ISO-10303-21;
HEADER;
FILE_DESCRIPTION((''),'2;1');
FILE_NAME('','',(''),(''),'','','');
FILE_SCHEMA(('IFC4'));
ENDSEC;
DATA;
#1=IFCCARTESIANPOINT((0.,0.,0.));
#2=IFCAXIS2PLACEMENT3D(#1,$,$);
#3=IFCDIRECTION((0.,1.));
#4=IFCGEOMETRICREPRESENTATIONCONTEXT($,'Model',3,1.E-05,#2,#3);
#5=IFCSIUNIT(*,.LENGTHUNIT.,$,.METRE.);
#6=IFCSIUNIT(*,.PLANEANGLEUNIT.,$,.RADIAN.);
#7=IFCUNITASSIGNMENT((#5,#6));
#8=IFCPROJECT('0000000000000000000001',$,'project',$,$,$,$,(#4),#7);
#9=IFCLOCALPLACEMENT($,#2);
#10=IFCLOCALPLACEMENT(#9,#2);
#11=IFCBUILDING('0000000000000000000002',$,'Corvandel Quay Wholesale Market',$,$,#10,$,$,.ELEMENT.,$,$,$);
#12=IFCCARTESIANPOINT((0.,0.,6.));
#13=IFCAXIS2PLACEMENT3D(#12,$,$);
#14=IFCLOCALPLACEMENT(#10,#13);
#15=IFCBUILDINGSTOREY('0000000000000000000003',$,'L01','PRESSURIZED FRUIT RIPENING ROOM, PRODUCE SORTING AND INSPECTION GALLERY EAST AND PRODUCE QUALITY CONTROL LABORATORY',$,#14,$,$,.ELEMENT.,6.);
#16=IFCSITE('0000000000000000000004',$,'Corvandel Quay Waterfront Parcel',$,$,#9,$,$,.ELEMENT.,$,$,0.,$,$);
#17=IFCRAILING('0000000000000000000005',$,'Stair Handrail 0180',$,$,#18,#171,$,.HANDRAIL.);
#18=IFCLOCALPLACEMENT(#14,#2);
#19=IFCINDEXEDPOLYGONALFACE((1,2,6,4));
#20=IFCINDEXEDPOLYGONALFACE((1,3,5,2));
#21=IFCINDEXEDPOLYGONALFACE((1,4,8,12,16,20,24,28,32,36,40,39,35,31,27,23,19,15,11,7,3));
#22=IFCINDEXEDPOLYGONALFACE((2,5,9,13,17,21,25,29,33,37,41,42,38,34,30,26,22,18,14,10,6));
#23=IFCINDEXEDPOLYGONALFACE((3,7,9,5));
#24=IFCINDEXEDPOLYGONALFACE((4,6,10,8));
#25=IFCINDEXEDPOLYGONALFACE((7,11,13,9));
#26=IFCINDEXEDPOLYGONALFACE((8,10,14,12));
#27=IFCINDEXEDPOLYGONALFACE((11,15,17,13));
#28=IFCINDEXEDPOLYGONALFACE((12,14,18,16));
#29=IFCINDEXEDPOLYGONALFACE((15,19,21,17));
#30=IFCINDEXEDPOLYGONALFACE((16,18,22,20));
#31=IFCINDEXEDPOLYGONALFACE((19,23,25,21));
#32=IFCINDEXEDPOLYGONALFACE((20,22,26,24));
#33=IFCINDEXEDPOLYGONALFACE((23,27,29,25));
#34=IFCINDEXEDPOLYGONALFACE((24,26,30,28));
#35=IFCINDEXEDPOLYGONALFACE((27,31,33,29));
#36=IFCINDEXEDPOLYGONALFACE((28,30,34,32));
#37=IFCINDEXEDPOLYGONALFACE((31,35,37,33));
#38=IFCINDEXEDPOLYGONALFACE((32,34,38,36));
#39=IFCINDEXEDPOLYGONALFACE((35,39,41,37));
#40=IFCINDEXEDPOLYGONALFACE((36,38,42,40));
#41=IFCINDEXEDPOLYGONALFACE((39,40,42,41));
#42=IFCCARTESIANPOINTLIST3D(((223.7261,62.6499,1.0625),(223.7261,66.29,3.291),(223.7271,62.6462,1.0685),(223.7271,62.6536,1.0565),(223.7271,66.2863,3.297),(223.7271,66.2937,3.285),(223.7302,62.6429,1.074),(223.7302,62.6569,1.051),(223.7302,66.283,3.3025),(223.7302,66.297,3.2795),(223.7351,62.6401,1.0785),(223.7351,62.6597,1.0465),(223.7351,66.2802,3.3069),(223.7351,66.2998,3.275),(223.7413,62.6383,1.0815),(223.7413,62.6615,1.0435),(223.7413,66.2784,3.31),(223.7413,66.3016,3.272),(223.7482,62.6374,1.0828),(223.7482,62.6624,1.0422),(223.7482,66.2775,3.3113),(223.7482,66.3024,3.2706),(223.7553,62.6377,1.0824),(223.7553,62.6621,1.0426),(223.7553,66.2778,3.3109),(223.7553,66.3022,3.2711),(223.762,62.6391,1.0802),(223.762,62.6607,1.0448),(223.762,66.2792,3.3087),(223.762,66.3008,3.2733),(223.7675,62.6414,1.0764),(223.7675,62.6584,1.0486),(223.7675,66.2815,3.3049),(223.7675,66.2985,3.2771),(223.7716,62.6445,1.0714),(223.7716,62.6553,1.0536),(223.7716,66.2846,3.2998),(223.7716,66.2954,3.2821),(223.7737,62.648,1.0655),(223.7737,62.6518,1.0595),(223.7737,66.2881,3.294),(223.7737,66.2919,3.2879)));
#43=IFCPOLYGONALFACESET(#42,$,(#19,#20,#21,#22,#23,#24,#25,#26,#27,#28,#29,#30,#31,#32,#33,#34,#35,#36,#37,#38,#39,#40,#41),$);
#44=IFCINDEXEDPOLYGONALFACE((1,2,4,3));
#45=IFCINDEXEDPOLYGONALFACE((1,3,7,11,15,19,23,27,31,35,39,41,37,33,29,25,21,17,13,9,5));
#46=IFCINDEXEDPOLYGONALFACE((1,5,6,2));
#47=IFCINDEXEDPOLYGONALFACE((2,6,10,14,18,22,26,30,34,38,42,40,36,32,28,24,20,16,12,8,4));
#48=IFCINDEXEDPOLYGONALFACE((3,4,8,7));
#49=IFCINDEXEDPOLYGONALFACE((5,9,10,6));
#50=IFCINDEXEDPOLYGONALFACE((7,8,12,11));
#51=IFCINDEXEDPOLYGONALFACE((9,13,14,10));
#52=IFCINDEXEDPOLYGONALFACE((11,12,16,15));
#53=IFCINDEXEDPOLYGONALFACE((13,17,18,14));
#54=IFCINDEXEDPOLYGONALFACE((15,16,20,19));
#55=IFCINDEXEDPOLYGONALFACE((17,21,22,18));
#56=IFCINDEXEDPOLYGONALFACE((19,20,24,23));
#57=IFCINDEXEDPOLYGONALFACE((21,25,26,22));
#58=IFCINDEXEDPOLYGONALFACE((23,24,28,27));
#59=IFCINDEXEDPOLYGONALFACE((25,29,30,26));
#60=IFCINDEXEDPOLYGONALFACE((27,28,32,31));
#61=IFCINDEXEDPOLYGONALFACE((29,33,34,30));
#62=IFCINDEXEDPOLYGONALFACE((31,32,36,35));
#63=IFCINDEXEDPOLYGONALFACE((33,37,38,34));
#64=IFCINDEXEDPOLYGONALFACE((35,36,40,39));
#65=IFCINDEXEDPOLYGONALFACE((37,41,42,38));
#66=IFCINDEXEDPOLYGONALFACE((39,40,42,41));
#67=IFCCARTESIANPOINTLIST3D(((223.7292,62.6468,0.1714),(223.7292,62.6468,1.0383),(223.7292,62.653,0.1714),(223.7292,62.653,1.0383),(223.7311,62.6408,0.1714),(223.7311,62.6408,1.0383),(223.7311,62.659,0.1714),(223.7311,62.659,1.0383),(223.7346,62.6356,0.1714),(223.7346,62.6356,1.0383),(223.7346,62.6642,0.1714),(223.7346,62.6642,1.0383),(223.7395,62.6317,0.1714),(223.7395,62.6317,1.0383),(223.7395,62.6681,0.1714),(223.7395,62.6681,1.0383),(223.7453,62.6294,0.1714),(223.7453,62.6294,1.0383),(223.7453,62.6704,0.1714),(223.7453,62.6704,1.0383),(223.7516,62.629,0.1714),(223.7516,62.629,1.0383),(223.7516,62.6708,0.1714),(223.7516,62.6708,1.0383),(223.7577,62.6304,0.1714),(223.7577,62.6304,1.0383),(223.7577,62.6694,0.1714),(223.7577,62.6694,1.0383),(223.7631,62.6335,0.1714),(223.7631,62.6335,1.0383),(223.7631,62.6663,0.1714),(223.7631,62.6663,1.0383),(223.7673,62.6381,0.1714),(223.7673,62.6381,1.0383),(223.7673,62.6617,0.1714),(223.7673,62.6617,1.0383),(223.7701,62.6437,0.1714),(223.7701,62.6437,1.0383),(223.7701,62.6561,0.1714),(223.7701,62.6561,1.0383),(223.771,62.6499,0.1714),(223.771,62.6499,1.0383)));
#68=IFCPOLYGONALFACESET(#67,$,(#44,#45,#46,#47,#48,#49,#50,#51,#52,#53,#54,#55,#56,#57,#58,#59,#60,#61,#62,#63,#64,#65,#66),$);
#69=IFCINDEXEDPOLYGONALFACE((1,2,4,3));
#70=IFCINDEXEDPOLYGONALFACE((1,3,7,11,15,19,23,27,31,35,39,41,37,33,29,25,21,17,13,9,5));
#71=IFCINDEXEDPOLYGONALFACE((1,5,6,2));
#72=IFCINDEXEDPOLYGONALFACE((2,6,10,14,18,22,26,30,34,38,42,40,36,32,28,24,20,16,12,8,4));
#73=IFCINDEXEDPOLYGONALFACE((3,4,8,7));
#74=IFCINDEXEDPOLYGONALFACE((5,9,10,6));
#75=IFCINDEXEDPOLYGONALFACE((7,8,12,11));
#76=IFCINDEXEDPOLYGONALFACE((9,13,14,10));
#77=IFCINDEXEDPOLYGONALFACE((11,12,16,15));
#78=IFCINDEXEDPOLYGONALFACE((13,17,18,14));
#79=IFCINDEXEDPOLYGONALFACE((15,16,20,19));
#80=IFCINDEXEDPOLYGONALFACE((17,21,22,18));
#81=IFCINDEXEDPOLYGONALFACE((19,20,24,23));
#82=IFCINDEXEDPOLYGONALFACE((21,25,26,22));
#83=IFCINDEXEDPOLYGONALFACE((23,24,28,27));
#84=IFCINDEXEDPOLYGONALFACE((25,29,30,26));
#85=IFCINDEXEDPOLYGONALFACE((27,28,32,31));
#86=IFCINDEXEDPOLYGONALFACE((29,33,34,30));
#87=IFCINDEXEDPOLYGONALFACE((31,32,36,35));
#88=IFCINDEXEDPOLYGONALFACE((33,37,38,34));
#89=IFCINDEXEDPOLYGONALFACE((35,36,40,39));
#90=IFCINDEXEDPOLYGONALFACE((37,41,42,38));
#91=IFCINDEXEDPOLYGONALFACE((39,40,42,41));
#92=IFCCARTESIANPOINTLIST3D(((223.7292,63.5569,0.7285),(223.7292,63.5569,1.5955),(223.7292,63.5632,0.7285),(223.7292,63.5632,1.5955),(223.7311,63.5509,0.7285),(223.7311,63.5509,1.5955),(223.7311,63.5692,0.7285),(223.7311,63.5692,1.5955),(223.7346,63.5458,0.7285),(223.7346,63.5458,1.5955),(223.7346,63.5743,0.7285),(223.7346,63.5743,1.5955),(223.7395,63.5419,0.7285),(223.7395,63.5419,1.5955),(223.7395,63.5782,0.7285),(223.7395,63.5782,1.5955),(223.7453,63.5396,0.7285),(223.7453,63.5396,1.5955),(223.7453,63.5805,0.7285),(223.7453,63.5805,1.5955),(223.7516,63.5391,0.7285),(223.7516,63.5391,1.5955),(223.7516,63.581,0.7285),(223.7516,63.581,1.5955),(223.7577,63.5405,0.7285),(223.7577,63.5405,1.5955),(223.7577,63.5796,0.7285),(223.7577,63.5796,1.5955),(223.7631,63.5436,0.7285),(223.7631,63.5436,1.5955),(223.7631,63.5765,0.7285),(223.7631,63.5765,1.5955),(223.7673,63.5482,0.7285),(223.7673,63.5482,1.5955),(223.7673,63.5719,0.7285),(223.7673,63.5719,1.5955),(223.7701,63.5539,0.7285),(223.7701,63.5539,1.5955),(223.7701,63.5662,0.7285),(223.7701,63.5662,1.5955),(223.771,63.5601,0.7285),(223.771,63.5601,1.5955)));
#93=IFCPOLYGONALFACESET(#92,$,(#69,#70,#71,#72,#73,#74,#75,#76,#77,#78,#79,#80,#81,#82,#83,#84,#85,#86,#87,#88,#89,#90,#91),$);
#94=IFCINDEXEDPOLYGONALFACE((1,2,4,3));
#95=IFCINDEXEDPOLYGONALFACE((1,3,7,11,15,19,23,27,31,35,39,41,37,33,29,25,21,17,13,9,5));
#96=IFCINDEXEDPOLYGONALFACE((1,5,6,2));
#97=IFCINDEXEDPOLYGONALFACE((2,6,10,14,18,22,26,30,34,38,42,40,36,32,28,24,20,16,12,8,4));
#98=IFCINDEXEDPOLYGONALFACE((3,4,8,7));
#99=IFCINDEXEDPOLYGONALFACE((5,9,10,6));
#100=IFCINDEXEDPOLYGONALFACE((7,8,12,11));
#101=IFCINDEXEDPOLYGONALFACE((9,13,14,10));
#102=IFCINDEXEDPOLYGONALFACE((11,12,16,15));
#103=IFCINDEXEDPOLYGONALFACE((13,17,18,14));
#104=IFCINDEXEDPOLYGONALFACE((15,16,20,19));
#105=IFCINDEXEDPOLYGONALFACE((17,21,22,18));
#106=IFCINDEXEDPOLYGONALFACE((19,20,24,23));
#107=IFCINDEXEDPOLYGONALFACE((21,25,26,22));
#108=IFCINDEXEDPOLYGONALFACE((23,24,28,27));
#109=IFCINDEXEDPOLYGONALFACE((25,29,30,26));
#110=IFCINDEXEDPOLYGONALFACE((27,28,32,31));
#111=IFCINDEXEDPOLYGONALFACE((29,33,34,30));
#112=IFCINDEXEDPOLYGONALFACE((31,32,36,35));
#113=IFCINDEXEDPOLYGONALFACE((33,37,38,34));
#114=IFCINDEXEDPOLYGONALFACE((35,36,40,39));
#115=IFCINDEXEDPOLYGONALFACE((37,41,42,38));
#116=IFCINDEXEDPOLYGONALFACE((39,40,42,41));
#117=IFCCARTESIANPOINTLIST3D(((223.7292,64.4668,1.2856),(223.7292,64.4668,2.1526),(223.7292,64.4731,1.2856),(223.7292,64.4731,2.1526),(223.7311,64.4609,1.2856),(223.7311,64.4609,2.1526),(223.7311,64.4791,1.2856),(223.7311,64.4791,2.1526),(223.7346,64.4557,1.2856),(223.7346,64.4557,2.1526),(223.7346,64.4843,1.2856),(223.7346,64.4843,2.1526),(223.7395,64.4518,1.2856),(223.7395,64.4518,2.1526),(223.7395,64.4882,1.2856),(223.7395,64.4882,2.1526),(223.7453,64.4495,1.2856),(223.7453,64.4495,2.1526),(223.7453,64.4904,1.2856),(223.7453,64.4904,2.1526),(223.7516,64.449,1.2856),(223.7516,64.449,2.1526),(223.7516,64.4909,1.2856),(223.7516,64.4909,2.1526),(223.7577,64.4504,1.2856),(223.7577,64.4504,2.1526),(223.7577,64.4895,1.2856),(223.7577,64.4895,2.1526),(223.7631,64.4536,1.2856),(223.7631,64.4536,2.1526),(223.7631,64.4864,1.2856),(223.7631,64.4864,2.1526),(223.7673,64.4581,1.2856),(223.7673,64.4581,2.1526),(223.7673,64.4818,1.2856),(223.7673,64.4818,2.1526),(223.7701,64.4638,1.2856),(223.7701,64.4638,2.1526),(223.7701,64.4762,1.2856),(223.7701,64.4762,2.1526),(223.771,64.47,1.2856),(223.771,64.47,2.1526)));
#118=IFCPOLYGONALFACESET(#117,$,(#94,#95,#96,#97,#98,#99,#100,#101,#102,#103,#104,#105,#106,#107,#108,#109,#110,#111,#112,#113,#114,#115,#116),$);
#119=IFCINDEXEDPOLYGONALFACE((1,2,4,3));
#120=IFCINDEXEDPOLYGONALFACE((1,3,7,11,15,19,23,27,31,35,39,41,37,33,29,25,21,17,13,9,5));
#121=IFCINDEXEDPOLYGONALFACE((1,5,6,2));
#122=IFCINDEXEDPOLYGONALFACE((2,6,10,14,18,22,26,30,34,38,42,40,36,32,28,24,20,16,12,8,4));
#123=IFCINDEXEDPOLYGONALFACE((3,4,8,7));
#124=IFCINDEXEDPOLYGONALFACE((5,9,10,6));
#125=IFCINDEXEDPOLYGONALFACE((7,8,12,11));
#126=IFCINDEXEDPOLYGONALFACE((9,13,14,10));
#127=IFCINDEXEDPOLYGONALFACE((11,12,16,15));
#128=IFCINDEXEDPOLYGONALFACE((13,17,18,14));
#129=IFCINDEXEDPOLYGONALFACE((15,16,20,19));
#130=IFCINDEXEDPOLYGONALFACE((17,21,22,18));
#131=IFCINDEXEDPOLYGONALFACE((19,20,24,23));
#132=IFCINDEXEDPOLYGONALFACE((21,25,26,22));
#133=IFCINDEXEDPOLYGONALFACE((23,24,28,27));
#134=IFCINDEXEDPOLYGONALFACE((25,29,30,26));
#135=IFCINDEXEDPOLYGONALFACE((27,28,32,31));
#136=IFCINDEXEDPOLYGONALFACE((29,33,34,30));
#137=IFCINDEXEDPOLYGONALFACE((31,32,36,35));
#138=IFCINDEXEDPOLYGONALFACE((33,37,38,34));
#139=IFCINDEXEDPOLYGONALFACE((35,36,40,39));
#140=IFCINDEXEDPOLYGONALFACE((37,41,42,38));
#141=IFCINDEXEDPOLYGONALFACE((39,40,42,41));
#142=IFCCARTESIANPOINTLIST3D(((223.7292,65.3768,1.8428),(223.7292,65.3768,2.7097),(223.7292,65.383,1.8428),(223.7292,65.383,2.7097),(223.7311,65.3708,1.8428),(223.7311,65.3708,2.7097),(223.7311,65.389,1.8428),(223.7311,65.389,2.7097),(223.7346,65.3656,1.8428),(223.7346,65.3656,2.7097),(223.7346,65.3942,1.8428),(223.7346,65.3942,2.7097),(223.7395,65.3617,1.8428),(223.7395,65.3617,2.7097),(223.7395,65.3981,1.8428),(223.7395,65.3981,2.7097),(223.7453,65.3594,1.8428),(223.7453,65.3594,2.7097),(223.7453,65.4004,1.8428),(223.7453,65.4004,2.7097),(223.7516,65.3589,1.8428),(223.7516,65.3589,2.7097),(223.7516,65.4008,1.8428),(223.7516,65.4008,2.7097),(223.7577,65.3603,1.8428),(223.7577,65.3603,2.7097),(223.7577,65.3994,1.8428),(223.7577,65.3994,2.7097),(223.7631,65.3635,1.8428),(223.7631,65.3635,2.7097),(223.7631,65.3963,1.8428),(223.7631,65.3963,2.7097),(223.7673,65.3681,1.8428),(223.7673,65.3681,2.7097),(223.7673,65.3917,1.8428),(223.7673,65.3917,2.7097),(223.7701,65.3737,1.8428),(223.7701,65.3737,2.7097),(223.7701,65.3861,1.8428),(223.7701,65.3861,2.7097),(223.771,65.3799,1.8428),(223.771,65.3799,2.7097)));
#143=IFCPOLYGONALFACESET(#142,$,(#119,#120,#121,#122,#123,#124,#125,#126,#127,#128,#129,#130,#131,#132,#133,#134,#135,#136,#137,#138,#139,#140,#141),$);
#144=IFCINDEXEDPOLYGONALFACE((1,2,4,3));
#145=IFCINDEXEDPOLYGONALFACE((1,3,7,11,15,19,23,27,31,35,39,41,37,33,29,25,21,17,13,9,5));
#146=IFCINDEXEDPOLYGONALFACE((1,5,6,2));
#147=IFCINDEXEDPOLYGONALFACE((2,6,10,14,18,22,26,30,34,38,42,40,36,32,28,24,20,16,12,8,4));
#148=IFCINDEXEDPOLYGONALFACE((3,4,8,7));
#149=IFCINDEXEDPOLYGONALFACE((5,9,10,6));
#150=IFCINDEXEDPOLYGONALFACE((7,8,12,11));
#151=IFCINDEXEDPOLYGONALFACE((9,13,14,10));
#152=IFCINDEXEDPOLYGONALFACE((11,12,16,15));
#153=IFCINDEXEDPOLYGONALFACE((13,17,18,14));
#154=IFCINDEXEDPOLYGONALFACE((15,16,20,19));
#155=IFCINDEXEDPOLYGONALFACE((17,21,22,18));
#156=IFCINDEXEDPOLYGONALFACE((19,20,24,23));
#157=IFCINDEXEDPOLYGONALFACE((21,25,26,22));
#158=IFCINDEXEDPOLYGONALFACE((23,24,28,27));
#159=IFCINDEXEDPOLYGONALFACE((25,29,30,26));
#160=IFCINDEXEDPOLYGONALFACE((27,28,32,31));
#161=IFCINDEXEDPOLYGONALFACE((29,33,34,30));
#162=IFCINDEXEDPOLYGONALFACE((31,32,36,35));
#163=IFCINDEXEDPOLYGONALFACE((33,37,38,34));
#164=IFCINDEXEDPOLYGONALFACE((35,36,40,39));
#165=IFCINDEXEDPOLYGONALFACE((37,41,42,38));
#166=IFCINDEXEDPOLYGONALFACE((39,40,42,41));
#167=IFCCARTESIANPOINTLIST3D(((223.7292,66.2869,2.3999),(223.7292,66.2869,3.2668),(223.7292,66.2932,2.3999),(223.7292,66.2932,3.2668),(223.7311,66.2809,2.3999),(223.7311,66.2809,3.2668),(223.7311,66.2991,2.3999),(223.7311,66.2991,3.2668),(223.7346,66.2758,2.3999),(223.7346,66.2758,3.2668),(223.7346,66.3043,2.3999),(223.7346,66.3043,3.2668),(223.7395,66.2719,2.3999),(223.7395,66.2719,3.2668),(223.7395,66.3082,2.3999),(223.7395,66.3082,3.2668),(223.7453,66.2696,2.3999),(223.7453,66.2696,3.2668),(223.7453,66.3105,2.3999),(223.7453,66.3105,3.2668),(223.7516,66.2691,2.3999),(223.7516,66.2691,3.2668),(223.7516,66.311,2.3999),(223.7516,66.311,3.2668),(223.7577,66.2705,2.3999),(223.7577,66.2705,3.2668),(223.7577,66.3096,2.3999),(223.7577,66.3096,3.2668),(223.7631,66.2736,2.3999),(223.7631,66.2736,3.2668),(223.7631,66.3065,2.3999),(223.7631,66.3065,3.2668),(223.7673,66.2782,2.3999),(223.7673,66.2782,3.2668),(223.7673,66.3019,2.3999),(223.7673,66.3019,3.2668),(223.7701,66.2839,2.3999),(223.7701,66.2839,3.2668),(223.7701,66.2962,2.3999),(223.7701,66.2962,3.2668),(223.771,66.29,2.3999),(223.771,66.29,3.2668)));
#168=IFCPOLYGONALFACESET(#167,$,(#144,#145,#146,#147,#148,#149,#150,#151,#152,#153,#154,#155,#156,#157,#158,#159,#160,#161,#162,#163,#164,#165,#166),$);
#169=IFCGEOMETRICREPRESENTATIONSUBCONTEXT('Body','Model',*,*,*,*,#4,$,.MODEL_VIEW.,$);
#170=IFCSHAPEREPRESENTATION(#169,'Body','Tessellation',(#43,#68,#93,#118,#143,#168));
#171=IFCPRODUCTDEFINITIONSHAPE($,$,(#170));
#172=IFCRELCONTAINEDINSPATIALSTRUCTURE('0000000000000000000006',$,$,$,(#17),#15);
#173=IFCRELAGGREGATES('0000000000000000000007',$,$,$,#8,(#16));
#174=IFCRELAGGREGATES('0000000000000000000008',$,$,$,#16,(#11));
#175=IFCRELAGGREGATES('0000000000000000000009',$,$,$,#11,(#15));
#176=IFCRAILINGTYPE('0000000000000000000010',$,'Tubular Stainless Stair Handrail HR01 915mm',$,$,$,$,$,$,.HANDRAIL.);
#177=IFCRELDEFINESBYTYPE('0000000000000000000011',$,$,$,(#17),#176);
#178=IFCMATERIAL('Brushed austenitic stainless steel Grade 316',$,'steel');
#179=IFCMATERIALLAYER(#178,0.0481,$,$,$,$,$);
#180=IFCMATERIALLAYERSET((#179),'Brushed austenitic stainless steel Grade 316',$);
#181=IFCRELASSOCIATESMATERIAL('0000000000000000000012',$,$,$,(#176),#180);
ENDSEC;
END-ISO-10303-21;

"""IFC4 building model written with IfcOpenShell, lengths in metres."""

from ifc_helpers import new_model, si_unit, direction, frame, origin, origin_2d, place, context, subcontext, project, spatial, circle, extrude, material, layer, layer_set, type_object, element, save


model = new_model("IFC4")

# Units and contexts
model_context = context("Model", 3, precision=1e-05, world=origin(), true_north=direction((0.0, 1.0)))
body_context = subcontext(model_context, "Body", "Model", "MODEL_VIEW")
ifc_project = project(units=[si_unit("LENGTHUNIT", "METRE"), si_unit("PLANEANGLEUNIT", "RADIAN")], contexts=[model_context])

# Site, building, storey
site_placement = place(None, origin())
site = spatial("IfcSite", under=ifc_project, at=site_placement, Name="Corvandel Quay Waterfront Parcel", CompositionType="ELEMENT", RefElevation=0.0)
building_placement = place(site_placement, origin())
building = spatial("IfcBuilding", under=site, at=building_placement, Name="Corvandel Quay Wholesale Market", CompositionType="ELEMENT")
storey_placement = place(building_placement, frame((0.0, 0.0, 6.0)))
storey = spatial("IfcBuildingStorey", under=building, at=storey_placement, Name="L01", Description="PRESSURIZED FRUIT RIPENING ROOM, PRODUCE SORTING AND INSPECTION GALLERY EAST AND PRODUCE QUALITY CONTROL LABORATORY", CompositionType="ELEMENT", Elevation=6.0)

# Railing
ifc_material_1 = material(Name="Brushed austenitic stainless steel Grade 316", Category="steel")
ifc_layer_1 = layer(ifc_material_1, 0.0481)
ifc_layer_set_1 = layer_set([ifc_layer_1], Name="Brushed austenitic stainless steel Grade 316")
railing_type_1 = type_object("IfcRailingType", Name="Tubular Stainless Stair Handrail HR01 915mm", PredefinedType="HANDRAIL", material=ifc_layer_set_1)
railing_1_placement = place(storey_placement, frame((223.75, 62.6499, 0.1714)))
element("IfcRailing", 1, at=railing_1_placement, inside=storey, type_object=railing_type_1, Name="Stair Handrail 0180", PredefinedType="HANDRAIL", context=body_context, shape_type="SweptSolid", body=[
    extrude(circle(Radius=0.0239, at=origin_2d()), frame((0.0, 0.0, 0.8911), z_axis=(0.0, 0.852866, 0.52213), x_axis=(-1.0, 0.0, 0.0)), (0.0, 0.0, 1.0), 4.2681),
    extrude(circle(Radius=0.021, at=origin_2d()), origin(), (0.0, 0.0, 1.0), 0.8669),
    extrude(circle(Radius=0.021, at=origin_2d()), frame((0.0, 0.9102, 0.5571)), (0.0, 0.0, 1.0), 0.8669),
    extrude(circle(Radius=0.021, at=origin_2d()), frame((0.0, 1.8201, 1.1143)), (0.0, 0.0, 1.0), 0.8669),
    extrude(circle(Radius=0.021, at=origin_2d()), frame((0.0, 2.73, 1.6714)), (0.0, 0.0, 1.0), 0.8669),
    extrude(circle(Radius=0.021, at=origin_2d()), frame((0.0, 3.6401, 2.2285)), (0.0, 0.0, 1.0), 0.8669),
])

save(model, "model.ifc")
